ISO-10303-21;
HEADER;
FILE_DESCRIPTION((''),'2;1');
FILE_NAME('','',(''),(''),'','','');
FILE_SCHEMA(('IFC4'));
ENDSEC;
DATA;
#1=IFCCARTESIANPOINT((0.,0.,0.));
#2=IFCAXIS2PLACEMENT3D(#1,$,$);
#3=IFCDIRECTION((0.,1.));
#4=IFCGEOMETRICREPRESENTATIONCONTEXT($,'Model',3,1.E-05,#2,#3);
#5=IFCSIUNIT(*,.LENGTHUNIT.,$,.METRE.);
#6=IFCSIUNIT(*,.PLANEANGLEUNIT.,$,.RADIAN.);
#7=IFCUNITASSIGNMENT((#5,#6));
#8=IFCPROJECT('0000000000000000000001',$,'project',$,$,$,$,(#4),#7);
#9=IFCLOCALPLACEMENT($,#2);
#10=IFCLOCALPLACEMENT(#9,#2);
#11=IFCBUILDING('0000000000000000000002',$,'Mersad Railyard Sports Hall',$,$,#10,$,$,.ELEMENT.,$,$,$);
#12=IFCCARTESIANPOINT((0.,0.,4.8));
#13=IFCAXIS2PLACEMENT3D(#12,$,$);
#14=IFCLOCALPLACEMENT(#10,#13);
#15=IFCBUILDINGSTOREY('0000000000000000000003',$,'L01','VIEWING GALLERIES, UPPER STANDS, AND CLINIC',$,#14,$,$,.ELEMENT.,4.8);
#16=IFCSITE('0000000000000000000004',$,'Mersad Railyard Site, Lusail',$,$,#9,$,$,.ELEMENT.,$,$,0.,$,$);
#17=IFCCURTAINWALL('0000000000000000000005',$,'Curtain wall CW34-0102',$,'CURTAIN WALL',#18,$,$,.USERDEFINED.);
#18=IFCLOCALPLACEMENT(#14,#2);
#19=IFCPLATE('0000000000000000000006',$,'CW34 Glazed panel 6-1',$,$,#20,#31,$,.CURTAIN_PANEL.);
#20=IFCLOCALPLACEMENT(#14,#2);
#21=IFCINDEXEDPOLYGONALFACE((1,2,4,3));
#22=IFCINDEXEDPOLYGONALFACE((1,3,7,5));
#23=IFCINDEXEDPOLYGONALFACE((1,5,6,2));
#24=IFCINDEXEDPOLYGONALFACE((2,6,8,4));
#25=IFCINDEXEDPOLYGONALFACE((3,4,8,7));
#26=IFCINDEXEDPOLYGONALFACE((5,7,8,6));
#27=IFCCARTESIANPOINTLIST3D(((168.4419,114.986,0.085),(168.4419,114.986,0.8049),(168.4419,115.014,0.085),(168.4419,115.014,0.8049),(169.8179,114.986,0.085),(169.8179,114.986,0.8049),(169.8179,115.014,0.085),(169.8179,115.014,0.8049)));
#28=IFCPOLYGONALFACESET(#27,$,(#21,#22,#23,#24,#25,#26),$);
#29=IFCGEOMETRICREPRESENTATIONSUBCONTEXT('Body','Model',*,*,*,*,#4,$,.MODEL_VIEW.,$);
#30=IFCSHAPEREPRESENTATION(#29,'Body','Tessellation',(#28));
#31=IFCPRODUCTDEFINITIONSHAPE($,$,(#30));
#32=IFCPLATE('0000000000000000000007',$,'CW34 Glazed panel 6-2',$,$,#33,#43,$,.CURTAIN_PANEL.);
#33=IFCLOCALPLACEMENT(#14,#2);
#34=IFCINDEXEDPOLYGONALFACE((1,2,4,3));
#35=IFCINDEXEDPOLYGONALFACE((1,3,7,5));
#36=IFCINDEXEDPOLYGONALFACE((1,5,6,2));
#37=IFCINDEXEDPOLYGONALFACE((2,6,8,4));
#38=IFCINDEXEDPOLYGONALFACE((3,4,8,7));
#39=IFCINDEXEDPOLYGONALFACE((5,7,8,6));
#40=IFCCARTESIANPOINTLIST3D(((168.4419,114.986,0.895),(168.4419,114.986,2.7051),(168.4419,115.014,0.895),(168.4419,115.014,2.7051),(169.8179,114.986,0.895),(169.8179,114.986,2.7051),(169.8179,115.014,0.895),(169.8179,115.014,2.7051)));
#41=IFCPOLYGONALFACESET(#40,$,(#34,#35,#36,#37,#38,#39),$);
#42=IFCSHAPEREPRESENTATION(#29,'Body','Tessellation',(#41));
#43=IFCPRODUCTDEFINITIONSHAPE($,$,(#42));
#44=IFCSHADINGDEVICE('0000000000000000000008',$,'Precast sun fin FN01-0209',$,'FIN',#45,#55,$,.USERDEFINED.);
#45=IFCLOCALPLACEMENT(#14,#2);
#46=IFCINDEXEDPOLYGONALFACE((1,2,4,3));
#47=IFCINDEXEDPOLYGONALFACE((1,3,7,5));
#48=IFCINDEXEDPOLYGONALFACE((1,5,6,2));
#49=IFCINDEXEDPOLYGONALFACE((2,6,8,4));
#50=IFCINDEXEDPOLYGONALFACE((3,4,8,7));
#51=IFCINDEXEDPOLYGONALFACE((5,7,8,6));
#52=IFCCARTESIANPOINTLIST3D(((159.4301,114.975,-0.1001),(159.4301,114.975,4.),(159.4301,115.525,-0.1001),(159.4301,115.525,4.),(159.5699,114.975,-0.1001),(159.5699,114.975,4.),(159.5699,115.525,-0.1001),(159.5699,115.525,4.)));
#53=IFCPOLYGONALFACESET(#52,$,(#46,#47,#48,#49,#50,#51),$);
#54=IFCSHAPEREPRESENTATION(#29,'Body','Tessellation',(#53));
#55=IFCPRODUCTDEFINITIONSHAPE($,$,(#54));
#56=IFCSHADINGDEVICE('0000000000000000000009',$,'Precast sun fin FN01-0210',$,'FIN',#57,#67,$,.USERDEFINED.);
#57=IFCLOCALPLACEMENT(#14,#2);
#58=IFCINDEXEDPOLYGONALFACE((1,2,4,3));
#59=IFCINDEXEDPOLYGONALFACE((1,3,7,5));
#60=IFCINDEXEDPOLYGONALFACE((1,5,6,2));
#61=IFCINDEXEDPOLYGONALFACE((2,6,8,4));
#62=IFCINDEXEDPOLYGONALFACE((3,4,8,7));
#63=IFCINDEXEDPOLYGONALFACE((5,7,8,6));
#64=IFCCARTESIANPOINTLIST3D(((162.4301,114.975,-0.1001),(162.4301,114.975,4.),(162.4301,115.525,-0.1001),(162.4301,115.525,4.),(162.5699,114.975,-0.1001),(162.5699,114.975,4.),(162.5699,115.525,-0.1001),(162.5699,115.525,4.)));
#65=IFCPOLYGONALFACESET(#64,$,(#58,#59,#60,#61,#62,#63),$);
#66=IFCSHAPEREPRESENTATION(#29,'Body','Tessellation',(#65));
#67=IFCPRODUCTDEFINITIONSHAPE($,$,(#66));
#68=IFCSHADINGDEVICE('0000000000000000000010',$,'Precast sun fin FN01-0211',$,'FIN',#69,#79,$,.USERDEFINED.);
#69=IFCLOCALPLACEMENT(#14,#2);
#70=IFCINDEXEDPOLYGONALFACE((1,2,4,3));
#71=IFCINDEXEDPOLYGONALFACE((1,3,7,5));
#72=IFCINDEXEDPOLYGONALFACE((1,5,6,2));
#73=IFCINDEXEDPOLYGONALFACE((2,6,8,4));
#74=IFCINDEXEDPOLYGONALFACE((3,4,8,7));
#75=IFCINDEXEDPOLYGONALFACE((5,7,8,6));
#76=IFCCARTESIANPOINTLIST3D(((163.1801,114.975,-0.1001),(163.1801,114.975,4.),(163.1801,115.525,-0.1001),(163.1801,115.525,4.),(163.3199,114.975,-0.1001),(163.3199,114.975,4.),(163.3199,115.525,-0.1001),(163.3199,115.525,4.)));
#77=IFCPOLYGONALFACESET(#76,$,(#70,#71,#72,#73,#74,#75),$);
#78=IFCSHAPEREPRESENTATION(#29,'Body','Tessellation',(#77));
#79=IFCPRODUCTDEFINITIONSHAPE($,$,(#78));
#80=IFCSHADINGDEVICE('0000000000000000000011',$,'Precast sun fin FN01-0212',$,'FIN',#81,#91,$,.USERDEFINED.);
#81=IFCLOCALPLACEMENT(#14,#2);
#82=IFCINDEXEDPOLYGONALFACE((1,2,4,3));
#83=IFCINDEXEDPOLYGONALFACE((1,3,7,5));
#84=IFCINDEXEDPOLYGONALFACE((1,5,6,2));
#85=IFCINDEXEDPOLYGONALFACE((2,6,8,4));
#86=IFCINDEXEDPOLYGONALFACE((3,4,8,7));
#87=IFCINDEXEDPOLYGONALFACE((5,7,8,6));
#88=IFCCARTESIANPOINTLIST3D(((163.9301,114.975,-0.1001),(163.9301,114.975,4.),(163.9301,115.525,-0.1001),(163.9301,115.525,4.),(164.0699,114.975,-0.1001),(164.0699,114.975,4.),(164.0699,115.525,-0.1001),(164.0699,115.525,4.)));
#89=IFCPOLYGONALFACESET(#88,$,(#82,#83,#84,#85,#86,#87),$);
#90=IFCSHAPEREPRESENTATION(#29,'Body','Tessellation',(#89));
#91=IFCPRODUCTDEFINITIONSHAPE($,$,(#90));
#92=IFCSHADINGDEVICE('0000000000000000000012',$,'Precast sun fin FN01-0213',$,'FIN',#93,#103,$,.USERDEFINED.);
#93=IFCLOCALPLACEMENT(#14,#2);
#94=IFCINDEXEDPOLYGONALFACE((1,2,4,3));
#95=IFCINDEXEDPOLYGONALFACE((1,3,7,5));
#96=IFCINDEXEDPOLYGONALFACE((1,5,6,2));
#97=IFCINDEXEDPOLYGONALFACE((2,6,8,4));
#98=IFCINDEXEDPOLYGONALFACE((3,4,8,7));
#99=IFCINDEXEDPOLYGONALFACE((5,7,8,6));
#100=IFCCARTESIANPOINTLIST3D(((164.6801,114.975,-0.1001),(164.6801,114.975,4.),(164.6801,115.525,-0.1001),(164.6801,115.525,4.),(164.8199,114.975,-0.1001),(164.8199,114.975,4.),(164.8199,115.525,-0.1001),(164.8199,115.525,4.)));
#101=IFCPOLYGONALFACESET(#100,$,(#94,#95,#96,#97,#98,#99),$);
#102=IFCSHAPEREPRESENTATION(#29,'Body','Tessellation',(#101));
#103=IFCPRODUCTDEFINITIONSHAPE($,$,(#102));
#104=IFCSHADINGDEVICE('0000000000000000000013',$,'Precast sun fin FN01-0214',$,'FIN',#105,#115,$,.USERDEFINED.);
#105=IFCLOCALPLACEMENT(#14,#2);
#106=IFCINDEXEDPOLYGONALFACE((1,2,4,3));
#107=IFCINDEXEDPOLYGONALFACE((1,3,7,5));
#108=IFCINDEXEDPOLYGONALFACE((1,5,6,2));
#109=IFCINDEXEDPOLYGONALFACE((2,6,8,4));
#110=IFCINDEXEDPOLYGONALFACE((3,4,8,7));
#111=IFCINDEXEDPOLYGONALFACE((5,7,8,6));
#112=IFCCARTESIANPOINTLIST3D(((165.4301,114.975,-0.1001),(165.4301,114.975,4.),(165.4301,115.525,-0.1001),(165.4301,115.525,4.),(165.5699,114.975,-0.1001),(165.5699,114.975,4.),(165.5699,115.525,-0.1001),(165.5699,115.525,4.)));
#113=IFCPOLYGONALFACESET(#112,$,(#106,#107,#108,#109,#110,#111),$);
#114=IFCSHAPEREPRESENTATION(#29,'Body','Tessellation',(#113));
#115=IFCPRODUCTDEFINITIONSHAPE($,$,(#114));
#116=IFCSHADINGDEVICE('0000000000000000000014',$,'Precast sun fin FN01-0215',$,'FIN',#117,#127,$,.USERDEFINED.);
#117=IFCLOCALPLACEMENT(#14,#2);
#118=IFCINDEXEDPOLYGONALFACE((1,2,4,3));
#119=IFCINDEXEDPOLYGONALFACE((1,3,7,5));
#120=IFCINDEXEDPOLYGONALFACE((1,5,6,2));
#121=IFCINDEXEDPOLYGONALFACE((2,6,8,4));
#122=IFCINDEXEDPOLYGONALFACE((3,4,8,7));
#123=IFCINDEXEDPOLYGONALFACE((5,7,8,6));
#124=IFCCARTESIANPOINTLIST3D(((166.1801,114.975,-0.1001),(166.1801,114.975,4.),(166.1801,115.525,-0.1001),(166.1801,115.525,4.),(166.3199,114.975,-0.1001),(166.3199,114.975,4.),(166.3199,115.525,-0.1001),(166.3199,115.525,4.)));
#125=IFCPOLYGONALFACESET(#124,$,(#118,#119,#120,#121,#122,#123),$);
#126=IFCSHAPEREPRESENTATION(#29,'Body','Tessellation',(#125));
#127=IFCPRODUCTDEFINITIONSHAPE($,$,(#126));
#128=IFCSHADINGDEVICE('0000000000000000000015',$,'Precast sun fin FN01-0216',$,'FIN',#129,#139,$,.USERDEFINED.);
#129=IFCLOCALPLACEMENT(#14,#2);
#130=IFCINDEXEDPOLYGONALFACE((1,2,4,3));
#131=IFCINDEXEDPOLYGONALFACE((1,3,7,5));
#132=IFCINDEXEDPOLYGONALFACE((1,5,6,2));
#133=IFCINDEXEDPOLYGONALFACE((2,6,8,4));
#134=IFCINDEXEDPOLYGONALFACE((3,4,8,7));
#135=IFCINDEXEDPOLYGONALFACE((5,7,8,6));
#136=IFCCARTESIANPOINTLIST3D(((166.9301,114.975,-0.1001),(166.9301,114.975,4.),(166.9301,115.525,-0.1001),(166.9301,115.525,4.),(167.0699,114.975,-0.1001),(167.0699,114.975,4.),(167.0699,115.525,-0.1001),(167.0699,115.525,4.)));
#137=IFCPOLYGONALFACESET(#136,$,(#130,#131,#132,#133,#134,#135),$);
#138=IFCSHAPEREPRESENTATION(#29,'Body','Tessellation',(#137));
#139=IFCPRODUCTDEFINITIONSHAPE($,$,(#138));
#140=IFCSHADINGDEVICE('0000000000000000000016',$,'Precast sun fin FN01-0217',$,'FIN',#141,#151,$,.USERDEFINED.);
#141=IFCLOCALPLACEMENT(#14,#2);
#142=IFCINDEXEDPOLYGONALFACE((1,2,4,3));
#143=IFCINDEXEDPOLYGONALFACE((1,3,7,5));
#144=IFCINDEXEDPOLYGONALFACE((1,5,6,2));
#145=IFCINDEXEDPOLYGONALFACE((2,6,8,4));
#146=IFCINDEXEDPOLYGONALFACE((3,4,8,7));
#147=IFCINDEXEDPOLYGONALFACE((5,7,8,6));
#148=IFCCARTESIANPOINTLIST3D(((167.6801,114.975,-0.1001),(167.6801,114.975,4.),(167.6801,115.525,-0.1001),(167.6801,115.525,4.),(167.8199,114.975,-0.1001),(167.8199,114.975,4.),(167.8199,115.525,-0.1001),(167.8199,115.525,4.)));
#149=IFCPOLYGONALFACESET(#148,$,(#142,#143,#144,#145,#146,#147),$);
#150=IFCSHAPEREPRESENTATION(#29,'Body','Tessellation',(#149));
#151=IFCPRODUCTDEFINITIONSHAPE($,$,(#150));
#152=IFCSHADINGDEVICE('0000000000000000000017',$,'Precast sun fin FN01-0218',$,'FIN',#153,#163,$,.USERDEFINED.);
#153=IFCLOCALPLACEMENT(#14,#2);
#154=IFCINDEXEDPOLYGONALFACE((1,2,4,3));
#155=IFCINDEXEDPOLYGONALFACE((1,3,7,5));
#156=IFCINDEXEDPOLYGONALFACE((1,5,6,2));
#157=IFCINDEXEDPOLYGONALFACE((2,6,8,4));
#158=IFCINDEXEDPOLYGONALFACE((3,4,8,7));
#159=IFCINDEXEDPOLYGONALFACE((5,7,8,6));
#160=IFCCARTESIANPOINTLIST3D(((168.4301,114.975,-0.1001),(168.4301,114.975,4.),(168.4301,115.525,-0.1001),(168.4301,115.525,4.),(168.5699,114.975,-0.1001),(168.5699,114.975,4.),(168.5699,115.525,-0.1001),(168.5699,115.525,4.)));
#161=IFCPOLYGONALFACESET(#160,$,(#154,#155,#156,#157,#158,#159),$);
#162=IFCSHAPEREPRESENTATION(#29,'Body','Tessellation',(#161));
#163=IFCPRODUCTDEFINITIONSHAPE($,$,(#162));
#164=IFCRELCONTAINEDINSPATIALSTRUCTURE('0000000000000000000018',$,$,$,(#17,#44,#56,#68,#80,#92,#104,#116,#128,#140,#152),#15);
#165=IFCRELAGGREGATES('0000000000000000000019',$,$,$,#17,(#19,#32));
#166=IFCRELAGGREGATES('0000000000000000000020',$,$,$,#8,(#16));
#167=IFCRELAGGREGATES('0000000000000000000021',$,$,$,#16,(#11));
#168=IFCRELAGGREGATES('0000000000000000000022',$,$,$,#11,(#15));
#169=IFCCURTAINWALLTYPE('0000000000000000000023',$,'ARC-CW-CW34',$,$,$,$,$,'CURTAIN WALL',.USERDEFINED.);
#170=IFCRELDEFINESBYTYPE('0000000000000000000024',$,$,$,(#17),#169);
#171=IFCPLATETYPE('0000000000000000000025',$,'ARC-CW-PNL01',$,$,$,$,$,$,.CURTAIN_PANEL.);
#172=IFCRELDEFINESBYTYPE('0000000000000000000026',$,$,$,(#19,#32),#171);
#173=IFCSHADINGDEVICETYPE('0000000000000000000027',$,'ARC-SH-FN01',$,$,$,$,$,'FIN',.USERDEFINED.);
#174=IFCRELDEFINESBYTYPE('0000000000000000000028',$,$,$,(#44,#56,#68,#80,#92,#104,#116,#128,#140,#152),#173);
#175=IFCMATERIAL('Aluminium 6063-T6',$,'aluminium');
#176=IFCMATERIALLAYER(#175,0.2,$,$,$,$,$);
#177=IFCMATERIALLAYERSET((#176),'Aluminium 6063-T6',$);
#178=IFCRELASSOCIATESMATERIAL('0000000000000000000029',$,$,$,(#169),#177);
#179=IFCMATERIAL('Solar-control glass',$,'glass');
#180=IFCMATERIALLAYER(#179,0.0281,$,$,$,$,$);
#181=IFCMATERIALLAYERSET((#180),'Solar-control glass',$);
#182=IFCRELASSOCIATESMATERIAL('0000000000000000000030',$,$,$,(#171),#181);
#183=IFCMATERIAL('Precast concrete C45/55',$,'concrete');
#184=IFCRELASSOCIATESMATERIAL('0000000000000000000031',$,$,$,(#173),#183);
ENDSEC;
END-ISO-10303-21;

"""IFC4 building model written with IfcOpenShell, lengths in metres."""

from ifc_helpers import new_model, si_unit, direction, frame, origin, origin_2d, place, context, subcontext, project, spatial, rectangle, extrude, material, layer, layer_set, type_object, element, aggregate, save


model = new_model("IFC4")

# Units and contexts
model_context = context("Model", 3, precision=1e-05, world=origin(), true_north=direction((0.0, 1.0)))
body_context = subcontext(model_context, "Body", "Model", "MODEL_VIEW")
ifc_project = project(units=[si_unit("LENGTHUNIT", "METRE"), si_unit("PLANEANGLEUNIT", "RADIAN")], contexts=[model_context])

# Site, building, storey
site_placement = place(None, origin())
site = spatial("IfcSite", under=ifc_project, at=site_placement, Name="Mersad Railyard Site, Lusail", CompositionType="ELEMENT", RefElevation=0.0)
building_placement = place(site_placement, origin())
building = spatial("IfcBuilding", under=site, at=building_placement, Name="Mersad Railyard Sports Hall", CompositionType="ELEMENT")
storey_placement = place(building_placement, frame((0.0, 0.0, 4.8)))
storey = spatial("IfcBuildingStorey", under=building, at=storey_placement, Name="L01", Description="VIEWING GALLERIES, UPPER STANDS, AND CLINIC", CompositionType="ELEMENT", Elevation=4.8)

# Curtain wall, plates
ifc_material_1 = material(Name="Aluminium 6063-T6", Category="aluminium")
ifc_layer_1 = layer(ifc_material_1, 0.2)
ifc_layer_set_1 = layer_set([ifc_layer_1], Name="Aluminium 6063-T6")
curtain_wall_type = type_object("IfcCurtainWallType", Name="ARC-CW-CW34", ElementType="CURTAIN WALL", PredefinedType="USERDEFINED", material=ifc_layer_set_1)
curtain_wall_placement = place(storey_placement, origin())
curtain_wall = element("IfcCurtainWall", 1, at=curtain_wall_placement, inside=storey, type_object=curtain_wall_type, Name="Curtain wall CW34-0102", ObjectType="CURTAIN WALL", PredefinedType="USERDEFINED")
ifc_material_2 = material(Name="Solar-control glass", Category="glass")
ifc_layer_2 = layer(ifc_material_2, 0.0281)
ifc_layer_set_2 = layer_set([ifc_layer_2], Name="Solar-control glass")
plate_type = type_object("IfcPlateType", Name="ARC-CW-PNL01", PredefinedType="CURTAIN_PANEL", material=ifc_layer_set_2)
plate_1_placement = place(storey_placement, frame((169.1299, 115.0, 0.085), z_axis=(0.0, 0.0, 1.0), x_axis=(1.0, 0.0, 0.0)))
plate_1 = element("IfcPlate", 2, at=plate_1_placement, type_object=plate_type, Name="CW34 Glazed panel 6-1", PredefinedType="CURTAIN_PANEL", context=body_context, shape_type="SweptSolid", body=[
    extrude(rectangle(XDim=1.376, YDim=0.0281, at=origin_2d()), origin(), (0.0, 0.0, 1.0), 0.72),
])
plate_2_placement = place(storey_placement, frame((169.1299, 115.0, 0.895), z_axis=(0.0, 0.0, 1.0), x_axis=(1.0, 0.0, 0.0)))
plate_2 = element("IfcPlate", 3, at=plate_2_placement, type_object=plate_type, Name="CW34 Glazed panel 6-2", PredefinedType="CURTAIN_PANEL", context=body_context, shape_type="SweptSolid", body=[
    extrude(rectangle(XDim=1.376, YDim=0.0281, at=origin_2d()), origin(), (0.0, 0.0, 1.0), 1.8101),
])
aggregate(curtain_wall, [plate_1, plate_2])

# Shading devices
ifc_material_3 = material(Name="Precast concrete C45/55", Category="concrete")
shading_device_type = type_object("IfcShadingDeviceType", Name="ARC-SH-FN01", ElementType="FIN", PredefinedType="USERDEFINED", material=ifc_material_3)
for number, where, z_axis, x_axis, name in (
    (4, (159.5, 115.25, -0.1001), (0.0, 0.0, 1.0), (1.0, 0.0, 0.0), "Precast sun fin FN01-0209"),
    (5, (162.5, 115.25, -0.1001), (0.0, 0.0, 1.0), (1.0, 0.0, 0.0), "Precast sun fin FN01-0210"),
    (6, (163.25, 115.25, -0.1001), (0.0, 0.0, 1.0), (1.0, 0.0, 0.0), "Precast sun fin FN01-0211"),
    (7, (164.0, 115.25, -0.1001), (0.0, 0.0, 1.0), (1.0, 0.0, 0.0), "Precast sun fin FN01-0212"),
    (8, (164.75, 115.25, -0.1001), (0.0, 0.0, 1.0), (1.0, 0.0, 0.0), "Precast sun fin FN01-0213"),
    (9, (165.5, 115.25, -0.1001), (0.0, 0.0, 1.0), (1.0, 0.0, 0.0), "Precast sun fin FN01-0214"),
    (10, (166.25, 115.25, -0.1001), (0.0, 0.0, 1.0), (1.0, 0.0, 0.0), "Precast sun fin FN01-0215"),
    (11, (167.0, 115.25, -0.1001), (0.0, 0.0, 1.0), (1.0, 0.0, 0.0), "Precast sun fin FN01-0216"),
    (12, (167.75, 115.25, -0.1001), (0.0, 0.0, 1.0), (1.0, 0.0, 0.0), "Precast sun fin FN01-0217"),
    (13, (168.5, 115.25, -0.1001), (0.0, 0.0, 1.0), (1.0, 0.0, 0.0), "Precast sun fin FN01-0218"),
):
    element("IfcShadingDevice", number, at=place(storey_placement, frame(where, z_axis=z_axis, x_axis=x_axis)), inside=storey, type_object=shading_device_type, Name=name, ObjectType="FIN", PredefinedType="USERDEFINED", context=body_context, shape_type="SweptSolid", body=[
        extrude(rectangle(XDim=0.1399, YDim=0.55, at=origin_2d()), origin(), (0.0, 0.0, 1.0), 4.1001),
    ])

save(model, "model.ifc")
